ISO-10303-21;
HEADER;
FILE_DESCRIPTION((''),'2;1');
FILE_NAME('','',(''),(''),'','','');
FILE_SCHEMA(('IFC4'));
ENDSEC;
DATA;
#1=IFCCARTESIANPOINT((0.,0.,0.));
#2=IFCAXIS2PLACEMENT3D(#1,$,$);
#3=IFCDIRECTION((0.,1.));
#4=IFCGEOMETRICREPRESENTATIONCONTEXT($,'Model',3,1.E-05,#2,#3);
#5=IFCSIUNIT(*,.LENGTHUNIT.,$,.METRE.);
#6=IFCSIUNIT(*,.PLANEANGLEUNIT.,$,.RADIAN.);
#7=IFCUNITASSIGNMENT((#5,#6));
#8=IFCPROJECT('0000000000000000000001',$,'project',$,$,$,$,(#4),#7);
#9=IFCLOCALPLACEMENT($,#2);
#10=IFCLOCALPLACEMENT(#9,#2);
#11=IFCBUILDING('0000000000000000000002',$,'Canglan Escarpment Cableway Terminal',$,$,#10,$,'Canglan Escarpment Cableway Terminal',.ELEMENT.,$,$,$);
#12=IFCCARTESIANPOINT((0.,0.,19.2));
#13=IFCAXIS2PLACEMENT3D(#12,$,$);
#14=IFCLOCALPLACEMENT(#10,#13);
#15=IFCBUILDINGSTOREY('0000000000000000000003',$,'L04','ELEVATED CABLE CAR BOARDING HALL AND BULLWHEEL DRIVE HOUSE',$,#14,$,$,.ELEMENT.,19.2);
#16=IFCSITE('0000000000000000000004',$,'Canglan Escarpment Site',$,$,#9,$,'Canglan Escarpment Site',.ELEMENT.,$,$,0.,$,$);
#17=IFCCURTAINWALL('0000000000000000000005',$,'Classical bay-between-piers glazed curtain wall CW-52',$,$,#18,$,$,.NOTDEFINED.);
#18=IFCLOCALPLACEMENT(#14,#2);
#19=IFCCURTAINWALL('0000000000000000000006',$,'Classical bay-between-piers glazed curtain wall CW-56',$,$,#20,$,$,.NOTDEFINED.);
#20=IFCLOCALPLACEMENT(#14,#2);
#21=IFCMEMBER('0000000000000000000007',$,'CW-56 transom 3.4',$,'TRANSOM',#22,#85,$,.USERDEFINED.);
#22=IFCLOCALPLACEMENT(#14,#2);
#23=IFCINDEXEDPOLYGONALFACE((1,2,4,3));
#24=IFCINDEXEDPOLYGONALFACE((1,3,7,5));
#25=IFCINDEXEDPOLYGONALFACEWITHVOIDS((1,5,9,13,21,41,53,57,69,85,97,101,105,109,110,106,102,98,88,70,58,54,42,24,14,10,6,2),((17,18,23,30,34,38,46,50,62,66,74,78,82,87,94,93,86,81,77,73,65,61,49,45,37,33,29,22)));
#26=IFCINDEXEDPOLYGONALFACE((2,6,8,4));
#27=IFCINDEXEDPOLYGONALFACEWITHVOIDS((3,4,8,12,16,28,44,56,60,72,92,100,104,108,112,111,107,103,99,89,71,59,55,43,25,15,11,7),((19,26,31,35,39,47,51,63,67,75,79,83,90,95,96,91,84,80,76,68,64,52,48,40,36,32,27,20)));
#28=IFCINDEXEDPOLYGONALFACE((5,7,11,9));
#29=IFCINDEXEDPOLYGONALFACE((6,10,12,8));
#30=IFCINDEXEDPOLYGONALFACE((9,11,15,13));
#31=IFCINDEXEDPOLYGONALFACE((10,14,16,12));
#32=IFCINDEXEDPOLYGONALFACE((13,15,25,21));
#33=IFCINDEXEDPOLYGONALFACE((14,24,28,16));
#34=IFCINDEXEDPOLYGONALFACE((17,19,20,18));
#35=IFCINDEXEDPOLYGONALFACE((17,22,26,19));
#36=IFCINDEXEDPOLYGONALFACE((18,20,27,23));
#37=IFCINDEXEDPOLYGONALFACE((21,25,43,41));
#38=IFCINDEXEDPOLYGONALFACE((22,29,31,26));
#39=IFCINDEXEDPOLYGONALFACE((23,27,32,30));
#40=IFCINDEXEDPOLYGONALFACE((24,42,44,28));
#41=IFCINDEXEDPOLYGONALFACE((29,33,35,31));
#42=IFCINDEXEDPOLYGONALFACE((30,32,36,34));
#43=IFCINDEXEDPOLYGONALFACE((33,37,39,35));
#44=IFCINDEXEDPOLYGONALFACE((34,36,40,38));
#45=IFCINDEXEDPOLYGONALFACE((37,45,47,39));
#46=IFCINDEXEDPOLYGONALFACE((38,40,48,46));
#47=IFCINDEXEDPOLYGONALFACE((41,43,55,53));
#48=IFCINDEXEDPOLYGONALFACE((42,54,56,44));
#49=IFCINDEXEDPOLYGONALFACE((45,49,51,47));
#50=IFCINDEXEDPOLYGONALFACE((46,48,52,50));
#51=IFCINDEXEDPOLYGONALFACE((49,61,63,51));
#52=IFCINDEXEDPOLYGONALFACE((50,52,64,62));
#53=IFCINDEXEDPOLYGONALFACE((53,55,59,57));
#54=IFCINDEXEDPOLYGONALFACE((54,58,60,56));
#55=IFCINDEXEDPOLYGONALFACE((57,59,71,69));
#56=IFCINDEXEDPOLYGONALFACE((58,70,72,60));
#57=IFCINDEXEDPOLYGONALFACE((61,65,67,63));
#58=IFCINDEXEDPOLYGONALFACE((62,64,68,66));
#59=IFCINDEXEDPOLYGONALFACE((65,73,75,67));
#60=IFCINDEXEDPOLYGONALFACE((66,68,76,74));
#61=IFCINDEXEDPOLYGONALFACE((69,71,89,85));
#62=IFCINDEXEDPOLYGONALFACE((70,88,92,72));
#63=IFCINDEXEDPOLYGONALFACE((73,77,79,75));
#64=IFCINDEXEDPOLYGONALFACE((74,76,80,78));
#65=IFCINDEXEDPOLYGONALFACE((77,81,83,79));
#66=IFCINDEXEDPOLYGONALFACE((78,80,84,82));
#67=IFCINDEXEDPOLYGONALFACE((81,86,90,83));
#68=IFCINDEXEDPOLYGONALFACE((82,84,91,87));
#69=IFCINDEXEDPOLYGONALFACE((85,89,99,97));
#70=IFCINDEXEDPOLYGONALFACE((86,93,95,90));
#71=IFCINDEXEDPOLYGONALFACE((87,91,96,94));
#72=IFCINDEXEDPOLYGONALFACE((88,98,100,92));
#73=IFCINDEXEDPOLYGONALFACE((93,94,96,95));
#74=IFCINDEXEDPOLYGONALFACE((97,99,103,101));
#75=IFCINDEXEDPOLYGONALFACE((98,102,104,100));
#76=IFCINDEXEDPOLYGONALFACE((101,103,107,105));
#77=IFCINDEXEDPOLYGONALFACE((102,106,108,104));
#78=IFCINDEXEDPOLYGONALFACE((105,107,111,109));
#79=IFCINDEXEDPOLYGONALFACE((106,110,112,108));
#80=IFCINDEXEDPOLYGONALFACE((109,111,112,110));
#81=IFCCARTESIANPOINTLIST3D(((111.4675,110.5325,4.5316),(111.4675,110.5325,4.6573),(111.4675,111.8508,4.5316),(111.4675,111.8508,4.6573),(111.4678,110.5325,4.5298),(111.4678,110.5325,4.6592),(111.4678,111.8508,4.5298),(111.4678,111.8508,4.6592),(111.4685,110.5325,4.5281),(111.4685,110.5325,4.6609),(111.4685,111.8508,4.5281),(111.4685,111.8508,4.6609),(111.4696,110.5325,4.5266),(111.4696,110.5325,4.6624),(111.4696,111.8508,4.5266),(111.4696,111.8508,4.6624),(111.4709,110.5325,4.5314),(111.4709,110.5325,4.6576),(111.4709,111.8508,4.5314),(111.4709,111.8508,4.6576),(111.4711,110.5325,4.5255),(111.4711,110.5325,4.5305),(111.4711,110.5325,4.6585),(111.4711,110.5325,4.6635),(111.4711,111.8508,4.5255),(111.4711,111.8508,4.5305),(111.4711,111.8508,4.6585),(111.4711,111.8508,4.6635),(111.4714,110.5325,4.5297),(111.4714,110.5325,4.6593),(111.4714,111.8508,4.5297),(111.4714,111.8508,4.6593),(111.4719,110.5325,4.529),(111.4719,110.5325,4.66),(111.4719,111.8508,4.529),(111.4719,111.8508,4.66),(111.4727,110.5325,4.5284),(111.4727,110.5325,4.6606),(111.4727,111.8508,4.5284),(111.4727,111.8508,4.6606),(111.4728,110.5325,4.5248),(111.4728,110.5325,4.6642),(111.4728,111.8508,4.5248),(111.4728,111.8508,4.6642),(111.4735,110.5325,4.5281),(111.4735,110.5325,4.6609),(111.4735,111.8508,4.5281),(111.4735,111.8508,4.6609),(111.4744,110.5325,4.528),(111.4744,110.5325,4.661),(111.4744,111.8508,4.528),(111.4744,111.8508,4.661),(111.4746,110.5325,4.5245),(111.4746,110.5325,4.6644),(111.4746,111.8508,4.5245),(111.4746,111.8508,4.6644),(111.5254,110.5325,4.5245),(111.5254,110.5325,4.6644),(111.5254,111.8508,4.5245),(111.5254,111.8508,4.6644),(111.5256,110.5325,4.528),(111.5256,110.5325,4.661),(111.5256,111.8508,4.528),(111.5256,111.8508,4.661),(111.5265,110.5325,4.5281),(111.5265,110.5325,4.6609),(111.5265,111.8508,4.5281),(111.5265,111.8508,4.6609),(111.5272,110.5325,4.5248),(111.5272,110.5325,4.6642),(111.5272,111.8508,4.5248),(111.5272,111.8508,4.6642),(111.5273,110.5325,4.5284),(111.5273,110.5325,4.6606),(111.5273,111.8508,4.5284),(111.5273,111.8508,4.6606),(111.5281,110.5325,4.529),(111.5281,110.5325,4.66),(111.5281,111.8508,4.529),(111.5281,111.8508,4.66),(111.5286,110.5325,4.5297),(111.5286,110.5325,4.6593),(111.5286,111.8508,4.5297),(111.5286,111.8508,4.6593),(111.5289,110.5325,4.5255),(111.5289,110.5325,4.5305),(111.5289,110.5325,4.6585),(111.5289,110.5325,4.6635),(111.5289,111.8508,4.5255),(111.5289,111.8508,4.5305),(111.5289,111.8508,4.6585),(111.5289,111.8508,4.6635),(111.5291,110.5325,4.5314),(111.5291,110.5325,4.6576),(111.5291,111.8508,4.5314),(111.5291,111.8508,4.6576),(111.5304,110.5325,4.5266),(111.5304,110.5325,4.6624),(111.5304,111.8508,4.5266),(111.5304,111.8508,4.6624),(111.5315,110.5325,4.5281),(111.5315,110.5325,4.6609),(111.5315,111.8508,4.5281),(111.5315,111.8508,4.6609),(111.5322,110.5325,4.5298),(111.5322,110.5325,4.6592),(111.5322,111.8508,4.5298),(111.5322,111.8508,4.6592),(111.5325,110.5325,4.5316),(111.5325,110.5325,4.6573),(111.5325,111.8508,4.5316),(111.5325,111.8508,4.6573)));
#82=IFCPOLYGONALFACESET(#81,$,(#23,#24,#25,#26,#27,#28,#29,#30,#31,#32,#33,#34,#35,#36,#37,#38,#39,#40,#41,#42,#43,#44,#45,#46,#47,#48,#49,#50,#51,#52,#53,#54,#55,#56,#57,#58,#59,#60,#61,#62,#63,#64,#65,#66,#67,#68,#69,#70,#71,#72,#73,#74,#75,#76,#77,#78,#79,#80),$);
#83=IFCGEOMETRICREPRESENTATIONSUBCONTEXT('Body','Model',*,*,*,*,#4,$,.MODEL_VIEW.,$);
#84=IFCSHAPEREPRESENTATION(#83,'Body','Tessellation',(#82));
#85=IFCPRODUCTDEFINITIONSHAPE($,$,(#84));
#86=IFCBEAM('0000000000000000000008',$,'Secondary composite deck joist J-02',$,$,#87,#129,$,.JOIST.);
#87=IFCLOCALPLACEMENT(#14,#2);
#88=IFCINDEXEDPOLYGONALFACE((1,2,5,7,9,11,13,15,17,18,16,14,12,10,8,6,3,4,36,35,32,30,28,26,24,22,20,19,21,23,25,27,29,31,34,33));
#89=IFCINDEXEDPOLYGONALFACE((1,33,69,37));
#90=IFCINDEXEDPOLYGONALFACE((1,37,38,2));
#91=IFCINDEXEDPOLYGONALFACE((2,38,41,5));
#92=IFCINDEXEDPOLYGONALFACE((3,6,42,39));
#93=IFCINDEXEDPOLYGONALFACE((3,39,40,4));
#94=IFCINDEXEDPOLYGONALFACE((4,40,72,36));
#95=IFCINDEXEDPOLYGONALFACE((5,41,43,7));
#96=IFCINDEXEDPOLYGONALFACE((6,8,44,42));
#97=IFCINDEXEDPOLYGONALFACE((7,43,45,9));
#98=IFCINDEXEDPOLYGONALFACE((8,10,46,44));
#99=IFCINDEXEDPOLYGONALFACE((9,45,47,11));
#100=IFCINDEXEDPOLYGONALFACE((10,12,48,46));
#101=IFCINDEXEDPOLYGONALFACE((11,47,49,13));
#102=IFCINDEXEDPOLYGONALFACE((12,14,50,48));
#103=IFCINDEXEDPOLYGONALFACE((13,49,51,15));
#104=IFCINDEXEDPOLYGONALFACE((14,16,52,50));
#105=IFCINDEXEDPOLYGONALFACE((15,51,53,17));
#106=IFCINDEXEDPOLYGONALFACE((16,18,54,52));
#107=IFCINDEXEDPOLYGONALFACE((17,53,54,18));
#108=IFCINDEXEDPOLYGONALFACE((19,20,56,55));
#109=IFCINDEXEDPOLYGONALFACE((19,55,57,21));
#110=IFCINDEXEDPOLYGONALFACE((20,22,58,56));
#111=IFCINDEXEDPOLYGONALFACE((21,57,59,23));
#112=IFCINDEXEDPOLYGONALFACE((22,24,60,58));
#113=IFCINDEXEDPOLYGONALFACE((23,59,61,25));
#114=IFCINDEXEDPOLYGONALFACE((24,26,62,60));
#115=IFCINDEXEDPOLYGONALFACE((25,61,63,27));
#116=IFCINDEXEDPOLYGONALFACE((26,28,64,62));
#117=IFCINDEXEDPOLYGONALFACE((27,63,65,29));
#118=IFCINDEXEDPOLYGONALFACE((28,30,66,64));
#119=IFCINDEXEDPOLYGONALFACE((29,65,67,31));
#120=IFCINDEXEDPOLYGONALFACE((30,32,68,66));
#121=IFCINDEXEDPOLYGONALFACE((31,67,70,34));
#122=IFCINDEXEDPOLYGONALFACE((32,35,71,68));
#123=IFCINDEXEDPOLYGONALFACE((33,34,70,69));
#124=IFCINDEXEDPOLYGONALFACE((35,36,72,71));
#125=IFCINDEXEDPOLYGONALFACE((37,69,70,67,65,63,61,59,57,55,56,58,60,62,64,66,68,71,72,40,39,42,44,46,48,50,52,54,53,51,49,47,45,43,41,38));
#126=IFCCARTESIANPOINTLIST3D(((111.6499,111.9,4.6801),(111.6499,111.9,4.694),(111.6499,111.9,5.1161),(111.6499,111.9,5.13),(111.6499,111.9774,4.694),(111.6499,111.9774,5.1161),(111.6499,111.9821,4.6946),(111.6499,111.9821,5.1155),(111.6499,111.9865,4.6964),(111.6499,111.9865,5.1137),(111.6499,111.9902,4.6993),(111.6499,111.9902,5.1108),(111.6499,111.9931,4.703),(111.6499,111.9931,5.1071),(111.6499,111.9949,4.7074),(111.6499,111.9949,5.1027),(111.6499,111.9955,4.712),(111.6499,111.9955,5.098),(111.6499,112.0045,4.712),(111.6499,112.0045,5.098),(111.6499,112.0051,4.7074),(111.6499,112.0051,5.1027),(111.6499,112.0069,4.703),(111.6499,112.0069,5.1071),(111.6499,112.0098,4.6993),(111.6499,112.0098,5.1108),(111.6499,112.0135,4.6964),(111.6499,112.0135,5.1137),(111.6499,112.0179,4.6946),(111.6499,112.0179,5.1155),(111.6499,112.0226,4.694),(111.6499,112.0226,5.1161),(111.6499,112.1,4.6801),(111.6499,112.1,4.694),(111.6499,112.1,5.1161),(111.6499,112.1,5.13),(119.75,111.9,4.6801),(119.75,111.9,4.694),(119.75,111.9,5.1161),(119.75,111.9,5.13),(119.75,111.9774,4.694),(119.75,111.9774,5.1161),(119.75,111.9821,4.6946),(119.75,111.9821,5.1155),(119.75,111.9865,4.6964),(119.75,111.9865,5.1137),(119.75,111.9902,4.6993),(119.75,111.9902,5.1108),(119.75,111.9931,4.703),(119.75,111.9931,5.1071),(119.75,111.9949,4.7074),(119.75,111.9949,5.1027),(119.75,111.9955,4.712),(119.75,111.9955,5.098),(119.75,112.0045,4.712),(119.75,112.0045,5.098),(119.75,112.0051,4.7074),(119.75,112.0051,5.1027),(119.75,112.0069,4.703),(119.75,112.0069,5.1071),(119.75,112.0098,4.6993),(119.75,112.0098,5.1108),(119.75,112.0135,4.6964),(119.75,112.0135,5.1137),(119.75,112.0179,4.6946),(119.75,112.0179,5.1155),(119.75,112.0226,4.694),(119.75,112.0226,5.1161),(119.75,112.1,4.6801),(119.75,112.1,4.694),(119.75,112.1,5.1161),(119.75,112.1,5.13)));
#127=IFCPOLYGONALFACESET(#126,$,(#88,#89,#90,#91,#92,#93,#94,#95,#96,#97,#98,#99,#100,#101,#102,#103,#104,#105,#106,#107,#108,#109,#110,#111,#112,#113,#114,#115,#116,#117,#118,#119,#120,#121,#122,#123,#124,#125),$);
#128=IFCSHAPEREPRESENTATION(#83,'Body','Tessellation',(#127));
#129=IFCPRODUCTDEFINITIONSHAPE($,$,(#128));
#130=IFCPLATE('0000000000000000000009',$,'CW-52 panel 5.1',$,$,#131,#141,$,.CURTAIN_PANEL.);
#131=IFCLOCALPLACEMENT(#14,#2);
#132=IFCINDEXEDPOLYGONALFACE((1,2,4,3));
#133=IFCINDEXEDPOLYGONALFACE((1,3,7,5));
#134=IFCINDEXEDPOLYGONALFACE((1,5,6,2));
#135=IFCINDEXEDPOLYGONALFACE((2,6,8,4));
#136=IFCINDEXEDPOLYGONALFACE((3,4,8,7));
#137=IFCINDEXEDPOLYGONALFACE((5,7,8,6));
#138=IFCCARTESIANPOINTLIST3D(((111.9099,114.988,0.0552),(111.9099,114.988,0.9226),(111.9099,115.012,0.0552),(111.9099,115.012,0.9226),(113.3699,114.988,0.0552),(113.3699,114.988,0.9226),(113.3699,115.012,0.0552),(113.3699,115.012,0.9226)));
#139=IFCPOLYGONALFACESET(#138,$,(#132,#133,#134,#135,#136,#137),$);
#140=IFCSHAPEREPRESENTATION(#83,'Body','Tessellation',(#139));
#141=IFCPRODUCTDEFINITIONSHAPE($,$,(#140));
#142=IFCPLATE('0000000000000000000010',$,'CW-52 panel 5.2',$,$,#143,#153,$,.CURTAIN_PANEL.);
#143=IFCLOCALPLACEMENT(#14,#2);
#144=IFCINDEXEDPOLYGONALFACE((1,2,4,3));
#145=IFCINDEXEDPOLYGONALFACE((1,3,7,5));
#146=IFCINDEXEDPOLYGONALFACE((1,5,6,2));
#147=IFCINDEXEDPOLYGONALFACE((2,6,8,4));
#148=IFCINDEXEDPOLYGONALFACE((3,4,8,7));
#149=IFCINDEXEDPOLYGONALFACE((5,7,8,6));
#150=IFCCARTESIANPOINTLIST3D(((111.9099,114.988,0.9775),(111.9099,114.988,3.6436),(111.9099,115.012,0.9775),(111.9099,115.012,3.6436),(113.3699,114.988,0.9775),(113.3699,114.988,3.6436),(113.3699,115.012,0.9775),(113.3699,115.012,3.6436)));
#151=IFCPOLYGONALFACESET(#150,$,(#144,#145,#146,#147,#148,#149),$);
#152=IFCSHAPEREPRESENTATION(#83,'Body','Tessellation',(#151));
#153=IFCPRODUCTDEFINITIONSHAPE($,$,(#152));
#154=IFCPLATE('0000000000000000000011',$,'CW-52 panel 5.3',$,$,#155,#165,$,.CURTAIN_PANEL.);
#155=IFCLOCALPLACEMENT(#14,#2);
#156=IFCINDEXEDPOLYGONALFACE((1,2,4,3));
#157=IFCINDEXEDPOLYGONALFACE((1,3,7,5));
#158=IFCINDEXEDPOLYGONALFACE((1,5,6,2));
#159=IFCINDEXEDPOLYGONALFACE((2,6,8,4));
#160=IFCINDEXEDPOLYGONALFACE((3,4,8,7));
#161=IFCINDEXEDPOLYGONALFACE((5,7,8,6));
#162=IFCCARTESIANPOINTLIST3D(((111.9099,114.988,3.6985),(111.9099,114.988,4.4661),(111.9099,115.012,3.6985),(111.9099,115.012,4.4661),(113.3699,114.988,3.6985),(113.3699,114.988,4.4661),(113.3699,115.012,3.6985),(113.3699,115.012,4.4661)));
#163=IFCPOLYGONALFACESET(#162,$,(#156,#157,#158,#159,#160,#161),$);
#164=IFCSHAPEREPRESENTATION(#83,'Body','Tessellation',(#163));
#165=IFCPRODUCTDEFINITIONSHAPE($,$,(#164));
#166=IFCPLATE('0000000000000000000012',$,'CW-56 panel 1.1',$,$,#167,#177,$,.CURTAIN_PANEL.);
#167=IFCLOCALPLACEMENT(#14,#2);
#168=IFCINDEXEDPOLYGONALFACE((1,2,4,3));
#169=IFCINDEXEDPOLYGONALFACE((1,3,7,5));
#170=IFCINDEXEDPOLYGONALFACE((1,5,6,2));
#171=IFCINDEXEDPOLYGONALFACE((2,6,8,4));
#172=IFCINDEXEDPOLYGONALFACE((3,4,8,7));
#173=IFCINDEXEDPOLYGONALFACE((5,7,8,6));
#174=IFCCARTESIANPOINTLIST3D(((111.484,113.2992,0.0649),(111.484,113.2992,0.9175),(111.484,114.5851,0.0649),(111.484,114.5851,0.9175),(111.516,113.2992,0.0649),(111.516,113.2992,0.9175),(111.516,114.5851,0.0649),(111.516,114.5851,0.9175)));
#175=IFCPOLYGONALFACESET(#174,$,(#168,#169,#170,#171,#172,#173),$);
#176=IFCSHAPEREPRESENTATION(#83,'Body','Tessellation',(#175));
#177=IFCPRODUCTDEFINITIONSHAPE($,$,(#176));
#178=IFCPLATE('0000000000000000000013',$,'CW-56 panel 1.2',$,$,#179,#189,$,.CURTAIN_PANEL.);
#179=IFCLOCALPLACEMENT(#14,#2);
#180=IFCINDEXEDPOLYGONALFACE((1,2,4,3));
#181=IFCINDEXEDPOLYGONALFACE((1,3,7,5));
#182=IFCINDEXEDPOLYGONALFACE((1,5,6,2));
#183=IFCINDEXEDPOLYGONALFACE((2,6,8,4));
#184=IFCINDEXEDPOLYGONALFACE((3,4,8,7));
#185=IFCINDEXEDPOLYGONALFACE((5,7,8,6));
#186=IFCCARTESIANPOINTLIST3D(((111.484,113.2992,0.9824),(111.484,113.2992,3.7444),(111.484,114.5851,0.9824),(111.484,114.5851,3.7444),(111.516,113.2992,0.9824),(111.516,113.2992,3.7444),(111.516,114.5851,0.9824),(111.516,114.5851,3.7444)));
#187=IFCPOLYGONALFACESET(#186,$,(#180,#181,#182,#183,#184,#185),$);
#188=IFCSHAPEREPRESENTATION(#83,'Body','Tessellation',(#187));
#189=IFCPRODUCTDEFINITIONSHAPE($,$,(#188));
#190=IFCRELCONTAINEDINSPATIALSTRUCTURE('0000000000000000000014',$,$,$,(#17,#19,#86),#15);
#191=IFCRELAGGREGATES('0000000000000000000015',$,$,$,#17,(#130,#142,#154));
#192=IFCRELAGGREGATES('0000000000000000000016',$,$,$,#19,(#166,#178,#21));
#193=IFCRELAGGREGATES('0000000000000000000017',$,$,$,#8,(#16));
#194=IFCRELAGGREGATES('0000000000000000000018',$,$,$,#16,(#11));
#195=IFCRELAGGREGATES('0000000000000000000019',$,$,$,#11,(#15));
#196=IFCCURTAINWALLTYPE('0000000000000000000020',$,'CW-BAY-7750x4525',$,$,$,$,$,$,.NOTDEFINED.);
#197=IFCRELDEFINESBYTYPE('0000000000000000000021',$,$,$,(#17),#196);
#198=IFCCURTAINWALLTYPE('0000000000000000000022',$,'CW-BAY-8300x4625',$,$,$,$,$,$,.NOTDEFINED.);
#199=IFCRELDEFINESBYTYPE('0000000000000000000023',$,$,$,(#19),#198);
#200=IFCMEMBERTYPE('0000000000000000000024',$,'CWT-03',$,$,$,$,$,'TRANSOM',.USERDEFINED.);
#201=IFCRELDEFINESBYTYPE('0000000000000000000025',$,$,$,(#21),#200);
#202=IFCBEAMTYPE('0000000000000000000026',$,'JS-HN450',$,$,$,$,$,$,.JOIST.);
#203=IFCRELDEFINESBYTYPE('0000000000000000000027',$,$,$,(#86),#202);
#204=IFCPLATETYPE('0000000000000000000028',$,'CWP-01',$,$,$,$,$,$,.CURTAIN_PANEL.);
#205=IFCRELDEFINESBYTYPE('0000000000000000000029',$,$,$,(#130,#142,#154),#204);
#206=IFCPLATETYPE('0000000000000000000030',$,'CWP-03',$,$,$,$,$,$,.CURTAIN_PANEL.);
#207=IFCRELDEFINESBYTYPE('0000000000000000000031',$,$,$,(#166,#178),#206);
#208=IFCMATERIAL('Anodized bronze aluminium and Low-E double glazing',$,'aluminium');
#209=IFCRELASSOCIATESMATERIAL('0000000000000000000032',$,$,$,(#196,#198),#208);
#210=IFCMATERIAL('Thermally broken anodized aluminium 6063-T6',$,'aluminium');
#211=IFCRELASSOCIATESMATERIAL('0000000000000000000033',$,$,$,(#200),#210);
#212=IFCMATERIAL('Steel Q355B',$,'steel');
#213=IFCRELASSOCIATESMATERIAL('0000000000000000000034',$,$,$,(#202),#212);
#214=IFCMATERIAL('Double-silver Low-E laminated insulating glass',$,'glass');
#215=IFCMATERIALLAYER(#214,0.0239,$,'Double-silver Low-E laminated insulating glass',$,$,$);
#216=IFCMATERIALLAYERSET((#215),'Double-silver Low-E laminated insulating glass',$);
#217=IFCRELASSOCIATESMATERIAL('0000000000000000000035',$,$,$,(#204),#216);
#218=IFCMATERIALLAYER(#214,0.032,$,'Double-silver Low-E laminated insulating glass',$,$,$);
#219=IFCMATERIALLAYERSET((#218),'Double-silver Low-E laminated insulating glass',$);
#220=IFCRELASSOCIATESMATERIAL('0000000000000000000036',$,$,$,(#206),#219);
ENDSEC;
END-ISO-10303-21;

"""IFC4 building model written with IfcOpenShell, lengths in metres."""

from ifc_helpers import new_model, si_unit, direction, frame, origin, origin_2d, place, context, subcontext, project, spatial, rectangle, hollow_rectangle, i_section, extrude, material, layer, layer_set, material_profile, profile_set, type_object, element, aggregate, save


model = new_model("IFC4")

# Units and contexts
model_context = context("Model", 3, precision=1e-05, world=origin(), true_north=direction((0.0, 1.0)))
body_context = subcontext(model_context, "Body", "Model", "MODEL_VIEW")
ifc_project = project(units=[si_unit("LENGTHUNIT", "METRE"), si_unit("PLANEANGLEUNIT", "RADIAN")], contexts=[model_context])

# Site, building, storey
site_placement = place(None, origin())
site = spatial("IfcSite", under=ifc_project, at=site_placement, Name="Canglan Escarpment Site", LongName="Canglan Escarpment Site", CompositionType="ELEMENT", RefElevation=0.0)
building_placement = place(site_placement, origin())
building = spatial("IfcBuilding", under=site, at=building_placement, Name="Canglan Escarpment Cableway Terminal", LongName="Canglan Escarpment Cableway Terminal", CompositionType="ELEMENT")
storey_placement = place(building_placement, frame((0.0, 0.0, 19.2)))
storey = spatial("IfcBuildingStorey", under=building, at=storey_placement, Name="L04", Description="ELEVATED CABLE CAR BOARDING HALL AND BULLWHEEL DRIVE HOUSE", CompositionType="ELEMENT", Elevation=19.2)

# Curtain walls
ifc_material_1 = material(Name="Anodized bronze aluminium and Low-E double glazing", Category="aluminium")
curtain_wall_type_1 = type_object("IfcCurtainWallType", Name="CW-BAY-7750x4525", PredefinedType="NOTDEFINED", material=ifc_material_1)
curtain_wall_1_placement = place(storey_placement, origin())
curtain_wall_1 = element("IfcCurtainWall", 1, at=curtain_wall_1_placement, inside=storey, type_object=curtain_wall_type_1, Name="Classical bay-between-piers glazed curtain wall CW-52", PredefinedType="NOTDEFINED")
ifc_material_2 = material(Name="Thermally broken anodized aluminium 6063-T6", Category="aluminium")
curtain_wall_type_2 = type_object("IfcCurtainWallType", Name="CW-BAY-8300x4625", PredefinedType="NOTDEFINED", material=ifc_material_1)
curtain_wall_2_placement = place(storey_placement, origin())
curtain_wall_2 = element("IfcCurtainWall", 2, at=curtain_wall_2_placement, inside=storey, type_object=curtain_wall_type_2, Name="Classical bay-between-piers glazed curtain wall CW-56", PredefinedType="NOTDEFINED")

# Member
ifc_material_profile_1 = material_profile(ifc_material_2, hollow_rectangle(XDim=0.0649, YDim=0.1399, WallThickness=0.0034, InnerFilletRadius=0.0034, OuterFilletRadius=0.0071, at=origin_2d()), Name="ALU-TRAN 65x140x3.5")
ifc_profile_set_1 = profile_set([ifc_material_profile_1], Name="Thermally broken anodized aluminium 6063-T6")
member_type_1 = type_object("IfcMemberType", Name="CWT-03", ElementType="TRANSOM", PredefinedType="USERDEFINED", material=ifc_profile_set_1)
member_1_placement = place(storey_placement, frame((111.5, 111.8508, 4.5945), z_axis=(0.0, -1.0, 0.0), x_axis=(1.0, 0.0, 0.0)))
member_1 = element("IfcMember", 3, at=member_1_placement, type_object=member_type_1, Name="CW-56 transom 3.4", ObjectType="TRANSOM", PredefinedType="USERDEFINED", context=body_context, shape_type="SweptSolid", body=[
    extrude(hollow_rectangle(XDim=0.0649, YDim=0.1399, WallThickness=0.0034, InnerFilletRadius=0.0034, OuterFilletRadius=0.0071, at=origin_2d()), origin(), (0.0, 0.0, 1.0), 1.3184),
])

# Beam
ifc_material_3 = material(Name="Steel Q355B", Category="steel")
ifc_material_profile_2 = material_profile(ifc_material_3, i_section(OverallWidth=0.2, OverallDepth=0.45, WebThickness=0.009, FlangeThickness=0.0139, FilletRadius=0.0181, at=origin_2d()), Name="HN 450x200x9x14")
ifc_profile_set_2 = profile_set([ifc_material_profile_2], Name="Steel Q355B")
beam_type_1 = type_object("IfcBeamType", Name="JS-HN450", PredefinedType="JOIST", material=ifc_profile_set_2)
beam_1_placement = place(storey_placement, frame((111.6499, 112.0, 4.905), z_axis=(1.0, 0.0, 0.0), x_axis=(0.0, 1.0, 0.0)))
element("IfcBeam", 4, at=beam_1_placement, inside=storey, type_object=beam_type_1, Name="Secondary composite deck joist J-02", PredefinedType="JOIST", context=body_context, shape_type="SweptSolid", body=[
    extrude(i_section(OverallWidth=0.2, OverallDepth=0.45, WebThickness=0.009, FlangeThickness=0.0139, FilletRadius=0.0181, at=origin_2d()), origin(), (0.0, 0.0, 1.0), 8.1001),
])

# Plates
ifc_material_4 = material(Name="Double-silver Low-E laminated insulating glass", Category="glass")
ifc_layer_1 = layer(ifc_material_4, 0.0239, Name="Double-silver Low-E laminated insulating glass")
ifc_layer_set_1 = layer_set([ifc_layer_1], Name="Double-silver Low-E laminated insulating glass")
plate_type_1 = type_object("IfcPlateType", Name="CWP-01", PredefinedType="CURTAIN_PANEL", material=ifc_layer_set_1)
plate_1_placement = place(storey_placement, frame((112.6399, 115.0, 0.0552), z_axis=(0.0, 0.0, 1.0), x_axis=(-1.0, 0.0, 0.0)))
plate_1 = element("IfcPlate", 5, at=plate_1_placement, type_object=plate_type_1, Name="CW-52 panel 5.1", PredefinedType="CURTAIN_PANEL", context=body_context, shape_type="SweptSolid", body=[
    extrude(rectangle(XDim=1.46, YDim=0.0239, at=origin_2d()), origin(), (0.0, 0.0, 1.0), 0.8674),
])
plate_2_placement = place(storey_placement, frame((112.6399, 115.0, 0.9775), z_axis=(0.0, 0.0, 1.0), x_axis=(-1.0, 0.0, 0.0)))
plate_2 = element("IfcPlate", 6, at=plate_2_placement, type_object=plate_type_1, Name="CW-52 panel 5.2", PredefinedType="CURTAIN_PANEL", context=body_context, shape_type="SweptSolid", body=[
    extrude(rectangle(XDim=1.46, YDim=0.0239, at=origin_2d()), origin(), (0.0, 0.0, 1.0), 2.666),
])
plate_3_placement = place(storey_placement, frame((112.6399, 115.0, 3.6985), z_axis=(0.0, 0.0, 1.0), x_axis=(-1.0, 0.0, 0.0)))
plate_3 = element("IfcPlate", 7, at=plate_3_placement, type_object=plate_type_1, Name="CW-52 panel 5.3", PredefinedType="CURTAIN_PANEL", context=body_context, shape_type="SweptSolid", body=[
    extrude(rectangle(XDim=1.46, YDim=0.0239, at=origin_2d()), origin(), (0.0, 0.0, 1.0), 0.7676),
])
aggregate(curtain_wall_1, [plate_1, plate_2, plate_3])
ifc_layer_2 = layer(ifc_material_4, 0.032, Name="Double-silver Low-E laminated insulating glass")
ifc_layer_set_2 = layer_set([ifc_layer_2], Name="Double-silver Low-E laminated insulating glass")
plate_type_2 = type_object("IfcPlateType", Name="CWP-03", PredefinedType="CURTAIN_PANEL", material=ifc_layer_set_2)
plate_4_placement = place(storey_placement, frame((111.5, 113.9421, 0.0649), z_axis=(0.0, 0.0, 1.0), x_axis=(0.0, -1.0, 0.0)))
plate_4 = element("IfcPlate", 8, at=plate_4_placement, type_object=plate_type_2, Name="CW-56 panel 1.1", PredefinedType="CURTAIN_PANEL", context=body_context, shape_type="SweptSolid", body=[
    extrude(rectangle(XDim=1.2859, YDim=0.032, at=origin_2d()), origin(), (0.0, 0.0, 1.0), 0.8525),
])
plate_5_placement = place(storey_placement, frame((111.5, 113.9421, 0.9824), z_axis=(0.0, 0.0, 1.0), x_axis=(0.0, -1.0, 0.0)))
plate_5 = element("IfcPlate", 9, at=plate_5_placement, type_object=plate_type_2, Name="CW-56 panel 1.2", PredefinedType="CURTAIN_PANEL", context=body_context, shape_type="SweptSolid", body=[
    extrude(rectangle(XDim=1.2859, YDim=0.032, at=origin_2d()), origin(), (0.0, 0.0, 1.0), 2.762),
])
aggregate(curtain_wall_2, [plate_4, plate_5, member_1])

save(model, "model.ifc")
